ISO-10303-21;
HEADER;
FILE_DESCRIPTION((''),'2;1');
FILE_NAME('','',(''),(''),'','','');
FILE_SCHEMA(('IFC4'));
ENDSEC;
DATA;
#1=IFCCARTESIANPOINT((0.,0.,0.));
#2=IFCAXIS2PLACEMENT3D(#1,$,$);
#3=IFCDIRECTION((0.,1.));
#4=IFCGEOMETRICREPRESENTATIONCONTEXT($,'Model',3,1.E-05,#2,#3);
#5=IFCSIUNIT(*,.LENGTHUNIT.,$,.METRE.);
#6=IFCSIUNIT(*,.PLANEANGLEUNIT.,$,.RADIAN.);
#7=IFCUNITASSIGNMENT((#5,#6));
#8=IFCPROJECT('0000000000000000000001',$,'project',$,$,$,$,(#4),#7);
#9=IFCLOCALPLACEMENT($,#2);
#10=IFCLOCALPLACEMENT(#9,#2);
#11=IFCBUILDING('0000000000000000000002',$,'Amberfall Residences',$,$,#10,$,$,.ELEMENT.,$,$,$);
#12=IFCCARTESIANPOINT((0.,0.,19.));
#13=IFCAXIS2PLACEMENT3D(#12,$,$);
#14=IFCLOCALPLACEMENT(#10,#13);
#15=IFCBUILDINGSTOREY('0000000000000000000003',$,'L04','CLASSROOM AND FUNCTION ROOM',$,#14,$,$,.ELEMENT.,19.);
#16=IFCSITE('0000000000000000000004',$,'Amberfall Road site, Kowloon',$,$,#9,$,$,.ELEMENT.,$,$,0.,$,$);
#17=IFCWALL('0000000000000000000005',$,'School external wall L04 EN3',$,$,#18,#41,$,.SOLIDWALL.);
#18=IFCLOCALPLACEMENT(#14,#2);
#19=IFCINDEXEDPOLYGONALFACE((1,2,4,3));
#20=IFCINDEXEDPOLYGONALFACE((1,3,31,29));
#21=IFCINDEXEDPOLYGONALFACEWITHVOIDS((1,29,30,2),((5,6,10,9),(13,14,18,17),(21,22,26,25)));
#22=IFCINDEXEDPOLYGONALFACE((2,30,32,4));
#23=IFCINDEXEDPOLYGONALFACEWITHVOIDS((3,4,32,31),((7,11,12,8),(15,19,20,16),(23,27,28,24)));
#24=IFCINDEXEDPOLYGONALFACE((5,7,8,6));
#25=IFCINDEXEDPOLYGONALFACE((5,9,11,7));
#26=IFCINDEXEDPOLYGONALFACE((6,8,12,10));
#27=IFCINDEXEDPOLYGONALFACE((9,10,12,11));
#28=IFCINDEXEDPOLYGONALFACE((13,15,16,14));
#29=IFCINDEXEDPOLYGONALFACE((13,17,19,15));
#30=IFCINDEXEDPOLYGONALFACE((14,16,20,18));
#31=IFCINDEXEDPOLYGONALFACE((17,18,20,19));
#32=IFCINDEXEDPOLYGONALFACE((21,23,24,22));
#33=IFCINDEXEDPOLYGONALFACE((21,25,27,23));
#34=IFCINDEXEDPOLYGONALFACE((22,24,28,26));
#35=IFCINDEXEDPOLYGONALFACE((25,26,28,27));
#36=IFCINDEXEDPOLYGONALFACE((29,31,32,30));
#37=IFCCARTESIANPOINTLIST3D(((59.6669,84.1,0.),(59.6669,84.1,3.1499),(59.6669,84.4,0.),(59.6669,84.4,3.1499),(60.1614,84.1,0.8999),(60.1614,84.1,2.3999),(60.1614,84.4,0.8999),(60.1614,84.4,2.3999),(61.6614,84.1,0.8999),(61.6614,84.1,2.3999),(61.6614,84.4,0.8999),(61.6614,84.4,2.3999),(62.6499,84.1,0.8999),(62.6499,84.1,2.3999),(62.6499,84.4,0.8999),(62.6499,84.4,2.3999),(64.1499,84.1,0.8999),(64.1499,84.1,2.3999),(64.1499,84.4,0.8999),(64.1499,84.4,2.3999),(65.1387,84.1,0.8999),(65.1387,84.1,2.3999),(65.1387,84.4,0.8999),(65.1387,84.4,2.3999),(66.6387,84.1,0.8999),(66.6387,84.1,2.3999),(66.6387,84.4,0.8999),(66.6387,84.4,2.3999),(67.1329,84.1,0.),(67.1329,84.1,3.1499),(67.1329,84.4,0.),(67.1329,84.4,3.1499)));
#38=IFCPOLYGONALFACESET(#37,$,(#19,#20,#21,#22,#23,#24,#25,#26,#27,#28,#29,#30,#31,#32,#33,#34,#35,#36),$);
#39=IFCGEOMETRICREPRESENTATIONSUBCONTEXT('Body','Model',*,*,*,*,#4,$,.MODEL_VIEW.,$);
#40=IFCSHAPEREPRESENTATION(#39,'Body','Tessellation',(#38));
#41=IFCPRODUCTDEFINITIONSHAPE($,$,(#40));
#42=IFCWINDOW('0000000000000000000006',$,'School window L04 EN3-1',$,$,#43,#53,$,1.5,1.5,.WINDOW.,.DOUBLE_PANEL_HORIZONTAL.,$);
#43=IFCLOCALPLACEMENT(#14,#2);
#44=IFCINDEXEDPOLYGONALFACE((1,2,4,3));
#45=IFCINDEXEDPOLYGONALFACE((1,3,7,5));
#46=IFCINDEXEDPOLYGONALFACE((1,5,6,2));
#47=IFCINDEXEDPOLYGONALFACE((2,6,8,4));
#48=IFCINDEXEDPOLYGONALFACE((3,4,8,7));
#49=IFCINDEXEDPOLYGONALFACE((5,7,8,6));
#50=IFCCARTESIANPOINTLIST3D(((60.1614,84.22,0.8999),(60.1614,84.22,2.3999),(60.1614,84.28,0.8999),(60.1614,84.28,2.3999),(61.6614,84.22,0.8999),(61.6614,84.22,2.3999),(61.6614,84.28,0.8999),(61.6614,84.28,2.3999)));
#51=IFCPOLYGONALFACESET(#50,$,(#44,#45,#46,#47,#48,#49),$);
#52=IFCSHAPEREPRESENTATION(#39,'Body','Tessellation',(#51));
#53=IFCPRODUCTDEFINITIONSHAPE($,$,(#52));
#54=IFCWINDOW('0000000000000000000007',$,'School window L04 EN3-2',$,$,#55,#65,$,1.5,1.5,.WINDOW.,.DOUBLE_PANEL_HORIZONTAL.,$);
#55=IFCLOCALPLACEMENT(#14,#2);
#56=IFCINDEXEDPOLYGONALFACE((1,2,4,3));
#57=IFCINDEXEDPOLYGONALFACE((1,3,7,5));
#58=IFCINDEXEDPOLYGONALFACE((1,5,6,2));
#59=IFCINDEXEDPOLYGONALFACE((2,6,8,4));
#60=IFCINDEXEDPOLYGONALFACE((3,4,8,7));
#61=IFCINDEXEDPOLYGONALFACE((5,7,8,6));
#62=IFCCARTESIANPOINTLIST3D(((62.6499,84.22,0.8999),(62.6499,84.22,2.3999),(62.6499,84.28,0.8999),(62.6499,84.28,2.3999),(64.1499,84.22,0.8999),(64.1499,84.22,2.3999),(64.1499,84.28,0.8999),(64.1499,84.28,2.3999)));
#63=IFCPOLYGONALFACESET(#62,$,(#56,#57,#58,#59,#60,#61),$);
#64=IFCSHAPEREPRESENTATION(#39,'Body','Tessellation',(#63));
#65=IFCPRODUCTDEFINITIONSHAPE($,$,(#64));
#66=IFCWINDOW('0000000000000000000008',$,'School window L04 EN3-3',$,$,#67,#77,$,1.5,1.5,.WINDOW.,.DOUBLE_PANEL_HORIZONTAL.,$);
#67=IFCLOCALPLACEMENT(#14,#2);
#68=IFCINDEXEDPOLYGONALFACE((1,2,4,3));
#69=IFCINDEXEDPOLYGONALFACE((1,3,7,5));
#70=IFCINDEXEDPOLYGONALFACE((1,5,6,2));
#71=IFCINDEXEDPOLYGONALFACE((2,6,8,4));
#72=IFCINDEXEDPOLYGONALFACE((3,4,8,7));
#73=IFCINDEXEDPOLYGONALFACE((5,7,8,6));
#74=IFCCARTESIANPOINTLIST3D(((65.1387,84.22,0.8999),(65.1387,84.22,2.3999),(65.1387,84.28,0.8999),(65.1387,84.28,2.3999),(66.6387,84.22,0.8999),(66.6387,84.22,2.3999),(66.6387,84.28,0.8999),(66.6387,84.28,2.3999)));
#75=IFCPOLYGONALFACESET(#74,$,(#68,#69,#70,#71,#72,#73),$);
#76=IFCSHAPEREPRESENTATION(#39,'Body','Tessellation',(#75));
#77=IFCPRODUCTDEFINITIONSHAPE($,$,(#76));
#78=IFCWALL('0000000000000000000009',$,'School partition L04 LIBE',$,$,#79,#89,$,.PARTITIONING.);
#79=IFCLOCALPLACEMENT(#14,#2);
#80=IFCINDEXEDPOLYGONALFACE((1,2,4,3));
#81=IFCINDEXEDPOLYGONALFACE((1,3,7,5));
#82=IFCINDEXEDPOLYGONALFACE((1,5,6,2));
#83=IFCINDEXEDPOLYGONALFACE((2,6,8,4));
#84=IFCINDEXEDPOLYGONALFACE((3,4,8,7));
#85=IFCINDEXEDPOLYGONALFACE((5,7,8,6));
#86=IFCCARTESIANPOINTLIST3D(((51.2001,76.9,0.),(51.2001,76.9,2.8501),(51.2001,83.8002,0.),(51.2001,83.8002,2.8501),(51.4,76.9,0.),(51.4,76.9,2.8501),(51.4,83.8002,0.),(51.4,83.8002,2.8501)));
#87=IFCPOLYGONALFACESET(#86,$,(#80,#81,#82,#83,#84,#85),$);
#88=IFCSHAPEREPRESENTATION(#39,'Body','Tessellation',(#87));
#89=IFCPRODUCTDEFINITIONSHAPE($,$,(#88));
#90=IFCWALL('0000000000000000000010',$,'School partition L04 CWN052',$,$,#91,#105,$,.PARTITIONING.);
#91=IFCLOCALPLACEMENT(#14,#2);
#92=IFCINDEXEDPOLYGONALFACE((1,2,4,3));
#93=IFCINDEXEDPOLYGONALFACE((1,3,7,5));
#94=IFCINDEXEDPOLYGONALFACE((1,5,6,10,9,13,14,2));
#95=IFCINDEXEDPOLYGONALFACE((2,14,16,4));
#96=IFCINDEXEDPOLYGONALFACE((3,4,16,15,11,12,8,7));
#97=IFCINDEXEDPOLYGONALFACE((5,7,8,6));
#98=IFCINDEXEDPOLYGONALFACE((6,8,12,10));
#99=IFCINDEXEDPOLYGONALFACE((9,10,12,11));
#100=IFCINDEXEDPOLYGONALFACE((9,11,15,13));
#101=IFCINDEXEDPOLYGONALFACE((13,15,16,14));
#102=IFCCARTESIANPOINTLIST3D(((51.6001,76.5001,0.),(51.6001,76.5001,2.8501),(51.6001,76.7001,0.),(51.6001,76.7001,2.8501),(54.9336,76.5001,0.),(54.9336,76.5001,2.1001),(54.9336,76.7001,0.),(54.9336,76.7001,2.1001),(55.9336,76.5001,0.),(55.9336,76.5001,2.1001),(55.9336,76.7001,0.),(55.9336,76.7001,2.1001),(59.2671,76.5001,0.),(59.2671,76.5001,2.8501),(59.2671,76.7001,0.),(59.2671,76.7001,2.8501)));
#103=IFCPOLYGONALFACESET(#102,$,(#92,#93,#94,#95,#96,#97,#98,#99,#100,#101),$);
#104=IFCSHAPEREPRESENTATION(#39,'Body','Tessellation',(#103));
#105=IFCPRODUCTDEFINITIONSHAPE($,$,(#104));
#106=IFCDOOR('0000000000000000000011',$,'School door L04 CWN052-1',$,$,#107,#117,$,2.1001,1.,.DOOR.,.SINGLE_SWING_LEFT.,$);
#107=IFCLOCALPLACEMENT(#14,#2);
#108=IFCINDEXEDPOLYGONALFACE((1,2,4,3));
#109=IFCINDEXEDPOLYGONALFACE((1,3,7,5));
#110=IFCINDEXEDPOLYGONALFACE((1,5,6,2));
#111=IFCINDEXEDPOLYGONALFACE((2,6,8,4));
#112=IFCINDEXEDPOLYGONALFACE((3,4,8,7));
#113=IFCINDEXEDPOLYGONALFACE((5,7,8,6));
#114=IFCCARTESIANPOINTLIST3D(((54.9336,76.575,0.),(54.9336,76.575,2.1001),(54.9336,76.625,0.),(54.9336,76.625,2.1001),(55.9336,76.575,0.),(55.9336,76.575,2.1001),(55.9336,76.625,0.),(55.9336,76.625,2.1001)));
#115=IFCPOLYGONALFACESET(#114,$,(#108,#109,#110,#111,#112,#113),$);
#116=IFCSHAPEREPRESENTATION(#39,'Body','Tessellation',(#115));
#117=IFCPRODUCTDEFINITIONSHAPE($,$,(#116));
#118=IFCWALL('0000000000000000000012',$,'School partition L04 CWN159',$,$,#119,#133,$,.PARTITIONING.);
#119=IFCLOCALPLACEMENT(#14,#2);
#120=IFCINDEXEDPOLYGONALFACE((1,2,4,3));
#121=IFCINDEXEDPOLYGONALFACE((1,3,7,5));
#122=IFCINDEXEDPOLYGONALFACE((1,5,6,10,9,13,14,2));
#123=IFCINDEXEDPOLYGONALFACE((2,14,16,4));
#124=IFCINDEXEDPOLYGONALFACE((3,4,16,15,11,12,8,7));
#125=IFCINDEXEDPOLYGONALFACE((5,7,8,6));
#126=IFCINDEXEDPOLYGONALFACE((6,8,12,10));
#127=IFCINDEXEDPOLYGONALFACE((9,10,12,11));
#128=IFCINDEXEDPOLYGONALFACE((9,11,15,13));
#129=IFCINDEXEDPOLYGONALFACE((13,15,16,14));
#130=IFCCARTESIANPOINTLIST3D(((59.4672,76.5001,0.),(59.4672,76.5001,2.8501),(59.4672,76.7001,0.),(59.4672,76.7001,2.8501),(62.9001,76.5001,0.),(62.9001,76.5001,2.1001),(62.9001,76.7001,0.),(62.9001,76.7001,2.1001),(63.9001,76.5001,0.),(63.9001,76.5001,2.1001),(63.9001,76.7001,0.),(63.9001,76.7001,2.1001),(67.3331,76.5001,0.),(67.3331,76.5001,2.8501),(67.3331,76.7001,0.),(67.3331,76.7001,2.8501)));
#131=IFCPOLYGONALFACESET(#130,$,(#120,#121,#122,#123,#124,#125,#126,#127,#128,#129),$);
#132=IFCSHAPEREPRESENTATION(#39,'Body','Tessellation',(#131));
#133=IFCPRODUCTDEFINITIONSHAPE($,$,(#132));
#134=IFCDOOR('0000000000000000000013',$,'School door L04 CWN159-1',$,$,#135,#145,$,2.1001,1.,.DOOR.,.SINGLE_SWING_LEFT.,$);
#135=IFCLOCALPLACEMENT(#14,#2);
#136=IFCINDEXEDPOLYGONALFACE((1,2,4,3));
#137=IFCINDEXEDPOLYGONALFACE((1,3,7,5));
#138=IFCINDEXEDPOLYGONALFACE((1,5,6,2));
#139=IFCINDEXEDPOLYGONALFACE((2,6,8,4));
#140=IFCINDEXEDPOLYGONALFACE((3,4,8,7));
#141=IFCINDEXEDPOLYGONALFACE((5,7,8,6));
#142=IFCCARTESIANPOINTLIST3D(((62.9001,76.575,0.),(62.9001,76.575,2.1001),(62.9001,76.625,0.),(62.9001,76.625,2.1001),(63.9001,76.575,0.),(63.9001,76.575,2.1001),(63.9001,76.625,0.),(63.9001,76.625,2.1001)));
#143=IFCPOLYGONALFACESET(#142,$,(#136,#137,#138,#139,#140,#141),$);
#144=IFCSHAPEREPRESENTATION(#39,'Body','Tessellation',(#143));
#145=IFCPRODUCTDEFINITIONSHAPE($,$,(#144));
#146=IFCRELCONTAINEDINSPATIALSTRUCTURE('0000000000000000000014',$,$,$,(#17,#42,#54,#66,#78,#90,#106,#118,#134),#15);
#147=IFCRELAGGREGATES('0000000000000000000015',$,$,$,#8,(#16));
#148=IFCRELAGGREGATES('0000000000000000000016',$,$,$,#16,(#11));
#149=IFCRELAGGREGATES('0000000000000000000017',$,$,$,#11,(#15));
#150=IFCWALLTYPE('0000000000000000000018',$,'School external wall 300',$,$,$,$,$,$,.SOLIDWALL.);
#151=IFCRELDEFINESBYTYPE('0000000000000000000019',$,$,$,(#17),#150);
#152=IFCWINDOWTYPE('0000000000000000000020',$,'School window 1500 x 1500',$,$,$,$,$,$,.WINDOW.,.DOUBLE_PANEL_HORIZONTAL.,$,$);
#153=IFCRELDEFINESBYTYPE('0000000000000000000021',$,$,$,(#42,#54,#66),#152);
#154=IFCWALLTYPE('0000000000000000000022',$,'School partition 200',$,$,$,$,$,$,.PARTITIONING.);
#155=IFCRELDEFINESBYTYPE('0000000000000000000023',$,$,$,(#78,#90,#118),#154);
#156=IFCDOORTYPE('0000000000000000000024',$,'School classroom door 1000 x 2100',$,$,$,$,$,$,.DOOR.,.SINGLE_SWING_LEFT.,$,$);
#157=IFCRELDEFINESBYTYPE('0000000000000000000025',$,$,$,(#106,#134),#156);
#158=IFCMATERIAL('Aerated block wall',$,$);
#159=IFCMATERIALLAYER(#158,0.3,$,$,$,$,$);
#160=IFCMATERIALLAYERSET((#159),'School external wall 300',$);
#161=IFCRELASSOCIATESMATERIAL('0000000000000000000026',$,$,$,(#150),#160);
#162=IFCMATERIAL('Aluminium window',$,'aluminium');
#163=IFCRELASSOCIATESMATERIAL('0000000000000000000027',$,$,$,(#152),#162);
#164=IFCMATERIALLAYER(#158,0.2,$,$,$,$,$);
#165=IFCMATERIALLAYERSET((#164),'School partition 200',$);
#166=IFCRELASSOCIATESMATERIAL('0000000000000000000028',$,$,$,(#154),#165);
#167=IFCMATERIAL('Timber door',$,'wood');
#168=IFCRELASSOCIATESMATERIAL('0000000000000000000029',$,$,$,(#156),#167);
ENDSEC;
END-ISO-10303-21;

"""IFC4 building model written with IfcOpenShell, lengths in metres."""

from ifc_helpers import new_model, si_unit, direction, frame, frame_2d, origin, place, context, subcontext, project, spatial, rectangle, extrude, material, layer, layer_set, type_object, element, fill, save


model = new_model("IFC4")

# Units and contexts
model_context = context("Model", 3, precision=1e-05, world=origin(), true_north=direction((0.0, 1.0)))
body_context = subcontext(model_context, "Body", "Model", "MODEL_VIEW")
ifc_project = project(units=[si_unit("LENGTHUNIT", "METRE"), si_unit("PLANEANGLEUNIT", "RADIAN")], contexts=[model_context])

# Site, building, storey
site_placement = place(None, origin())
site = spatial("IfcSite", under=ifc_project, at=site_placement, Name="Amberfall Road site, Kowloon", CompositionType="ELEMENT", RefElevation=0.0)
building_placement = place(site_placement, origin())
building = spatial("IfcBuilding", under=site, at=building_placement, Name="Amberfall Residences", CompositionType="ELEMENT")
storey_placement = place(building_placement, frame((0.0, 0.0, 19.0)))
storey = spatial("IfcBuildingStorey", under=building, at=storey_placement, Name="L04", Description="CLASSROOM AND FUNCTION ROOM", CompositionType="ELEMENT", Elevation=19.0)

# Wall, openings, windows
ifc_material_1 = material(Name="Aerated block wall")
ifc_layer_1 = layer(ifc_material_1, 0.3)
ifc_layer_set_1 = layer_set([ifc_layer_1], Name="School external wall 300")
wall_type_1 = type_object("IfcWallType", Name="School external wall 300", PredefinedType="SOLIDWALL", material=ifc_layer_set_1)
ifc_material_2 = material(Name="Aluminium window", Category="aluminium")
window_type = type_object("IfcWindowType", Name="School window 1500 x 1500", PartitioningType="DOUBLE_PANEL_HORIZONTAL", PredefinedType="WINDOW", material=ifc_material_2)
wall_1_placement = place(storey_placement, frame((59.667, 84.25, 0.0), z_axis=(0.0, 0.0, 1.0), x_axis=(1.0, 0.0, 0.0)))
wall_1 = element("IfcWall", 1, at=wall_1_placement, inside=storey, type_object=wall_type_1, Name="School external wall L04 EN3", PredefinedType="SOLIDWALL", context=body_context, shape_type="SweptSolid", body=[
    extrude(rectangle(XDim=7.4661, YDim=0.3, at=frame_2d((3.7329, 0.0))), origin(), (0.0, 0.0, 1.0), 3.1499),
])
opening_1_placement = place(wall_1_placement, frame((0.4944, 0.0, 0.8999)))
opening_1 = element("IfcOpeningElement", 2, at=opening_1_placement, cuts=wall_1, PredefinedType="OPENING", context=body_context, shape_type="SweptSolid", body=[
    extrude(rectangle(XDim=1.5, YDim=1.5, at=frame_2d((0.75, 0.75))), frame((0.0, 0.1599, 0.0), z_axis=(0.0, -1.0, 0.0), x_axis=(1.0, 0.0, 0.0)), (0.0, 0.0, 1.0), 0.3201),
])
opening_2_placement = place(wall_1_placement, frame((2.9829, 0.0, 0.8999)))
opening_2 = element("IfcOpeningElement", 3, at=opening_2_placement, cuts=wall_1, PredefinedType="OPENING", context=body_context, shape_type="SweptSolid", body=[
    extrude(rectangle(XDim=1.5, YDim=1.5, at=frame_2d((0.75, 0.75))), frame((0.0, 0.1599, 0.0), z_axis=(0.0, -1.0, 0.0), x_axis=(1.0, 0.0, 0.0)), (0.0, 0.0, 1.0), 0.3201),
])
opening_3_placement = place(wall_1_placement, frame((5.4717, 0.0, 0.8999)))
opening_3 = element("IfcOpeningElement", 4, at=opening_3_placement, cuts=wall_1, PredefinedType="OPENING", context=body_context, shape_type="SweptSolid", body=[
    extrude(rectangle(XDim=1.5, YDim=1.5, at=frame_2d((0.75, 0.75))), frame((0.0, 0.1599, 0.0), z_axis=(0.0, -1.0, 0.0), x_axis=(1.0, 0.0, 0.0)), (0.0, 0.0, 1.0), 0.3201),
])
window_1_placement = place(opening_1_placement, origin())
window_1 = element("IfcWindow", 5, at=window_1_placement, inside=storey, type_object=window_type, Name="School window L04 EN3-1", OverallHeight=1.5, OverallWidth=1.5, PartitioningType="DOUBLE_PANEL_HORIZONTAL", PredefinedType="WINDOW", context=body_context, shape_type="SweptSolid", body=[
    extrude(rectangle(XDim=1.5, YDim=1.5, at=frame_2d((0.75, 0.75))), frame((0.0, 0.03, 0.0), z_axis=(0.0, -1.0, 0.0), x_axis=(1.0, 0.0, 0.0)), (0.0, 0.0, 1.0), 0.0601),
])
fill(opening_1, window_1)
window_2_placement = place(opening_2_placement, origin())
window_2 = element("IfcWindow", 6, at=window_2_placement, inside=storey, type_object=window_type, Name="School window L04 EN3-2", OverallHeight=1.5, OverallWidth=1.5, PartitioningType="DOUBLE_PANEL_HORIZONTAL", PredefinedType="WINDOW", context=body_context, shape_type="SweptSolid", body=[
    extrude(rectangle(XDim=1.5, YDim=1.5, at=frame_2d((0.75, 0.75))), frame((0.0, 0.03, 0.0), z_axis=(0.0, -1.0, 0.0), x_axis=(1.0, 0.0, 0.0)), (0.0, 0.0, 1.0), 0.0601),
])
fill(opening_2, window_2)
window_3_placement = place(opening_3_placement, origin())
window_3 = element("IfcWindow", 7, at=window_3_placement, inside=storey, type_object=window_type, Name="School window L04 EN3-3", OverallHeight=1.5, OverallWidth=1.5, PartitioningType="DOUBLE_PANEL_HORIZONTAL", PredefinedType="WINDOW", context=body_context, shape_type="SweptSolid", body=[
    extrude(rectangle(XDim=1.5, YDim=1.5, at=frame_2d((0.75, 0.75))), frame((0.0, 0.03, 0.0), z_axis=(0.0, -1.0, 0.0), x_axis=(1.0, 0.0, 0.0)), (0.0, 0.0, 1.0), 0.0601),
])
fill(opening_3, window_3)

# Wall
ifc_layer_2 = layer(ifc_material_1, 0.2)
ifc_layer_set_2 = layer_set([ifc_layer_2], Name="School partition 200")
wall_type_2 = type_object("IfcWallType", Name="School partition 200", PredefinedType="PARTITIONING", material=ifc_layer_set_2)
wall_2_placement = place(storey_placement, frame((51.3, 76.8999, 0.0), z_axis=(0.0, 0.0, 1.0), x_axis=(0.0, 1.0, 0.0)))
element("IfcWall", 8, at=wall_2_placement, inside=storey, type_object=wall_type_2, Name="School partition L04 LIBE", PredefinedType="PARTITIONING", context=body_context, shape_type="SweptSolid", body=[
    extrude(rectangle(XDim=6.9001, YDim=0.2, at=frame_2d((3.4502, 0.0))), origin(), (0.0, 0.0, 1.0), 2.8501),
])

# Walls, openings, doors
wall_3_placement = place(storey_placement, frame((51.6001, 76.6001, 0.0), z_axis=(0.0, 0.0, 1.0), x_axis=(1.0, 0.0, 0.0)))
wall_3 = element("IfcWall", 9, at=wall_3_placement, inside=storey, type_object=wall_type_2, Name="School partition L04 CWN052", PredefinedType="PARTITIONING", context=body_context, shape_type="SweptSolid", body=[
    extrude(rectangle(XDim=7.667, YDim=0.2, at=frame_2d((3.8335, 0.0))), origin(), (0.0, 0.0, 1.0), 2.8501),
])
opening_4_placement = place(wall_3_placement, frame((3.3335, 0.0, 0.0)))
opening_4 = element("IfcOpeningElement", 10, at=opening_4_placement, cuts=wall_3, PredefinedType="OPENING", context=body_context, shape_type="SweptSolid", body=[
    extrude(rectangle(XDim=1.0, YDim=2.1001, at=frame_2d((0.5, 1.05))), frame((0.0, 0.1099, 0.0), z_axis=(0.0, -1.0, 0.0), x_axis=(1.0, 0.0, 0.0)), (0.0, 0.0, 1.0), 0.22),
])
ifc_material_3 = material(Name="Timber door", Category="wood")
door_type = type_object("IfcDoorType", Name="School classroom door 1000 x 2100", OperationType="SINGLE_SWING_LEFT", PredefinedType="DOOR", material=ifc_material_3)
door_1_placement = place(opening_4_placement, origin())
door_1 = element("IfcDoor", 11, at=door_1_placement, inside=storey, type_object=door_type, Name="School door L04 CWN052-1", OperationType="SINGLE_SWING_LEFT", OverallHeight=2.1001, OverallWidth=1.0, PredefinedType="DOOR", context=body_context, shape_type="SweptSolid", body=[
    extrude(rectangle(XDim=1.0, YDim=2.1001, at=frame_2d((0.5, 1.05))), frame((0.0, 0.0249, 0.0), z_axis=(0.0, -1.0, 0.0), x_axis=(1.0, 0.0, 0.0)), (0.0, 0.0, 1.0), 0.05),
])
fill(opening_4, door_1)
wall_4_placement = place(storey_placement, frame((59.467, 76.6001, 0.0), z_axis=(0.0, 0.0, 1.0), x_axis=(1.0, 0.0, 0.0)))
wall_4 = element("IfcWall", 12, at=wall_4_placement, inside=storey, type_object=wall_type_2, Name="School partition L04 CWN159", PredefinedType="PARTITIONING", context=body_context, shape_type="SweptSolid", body=[
    extrude(rectangle(XDim=7.866, YDim=0.2, at=frame_2d((3.9331, 0.0))), origin(), (0.0, 0.0, 1.0), 2.8501),
])
opening_5_placement = place(wall_4_placement, frame((3.4331, 0.0, 0.0)))
opening_5 = element("IfcOpeningElement", 13, at=opening_5_placement, cuts=wall_4, PredefinedType="OPENING", context=body_context, shape_type="SweptSolid", body=[
    extrude(rectangle(XDim=1.0, YDim=2.1001, at=frame_2d((0.5, 1.05))), frame((0.0, 0.1099, 0.0), z_axis=(0.0, -1.0, 0.0), x_axis=(1.0, 0.0, 0.0)), (0.0, 0.0, 1.0), 0.22),
])
door_2_placement = place(opening_5_placement, origin())
door_2 = element("IfcDoor", 14, at=door_2_placement, inside=storey, type_object=door_type, Name="School door L04 CWN159-1", OperationType="SINGLE_SWING_LEFT", OverallHeight=2.1001, OverallWidth=1.0, PredefinedType="DOOR", context=body_context, shape_type="SweptSolid", body=[
    extrude(rectangle(XDim=1.0, YDim=2.1001, at=frame_2d((0.5, 1.05))), frame((0.0, 0.0249, 0.0), z_axis=(0.0, -1.0, 0.0), x_axis=(1.0, 0.0, 0.0)), (0.0, 0.0, 1.0), 0.05),
])
fill(opening_5, door_2)

save(model, "model.ifc")
